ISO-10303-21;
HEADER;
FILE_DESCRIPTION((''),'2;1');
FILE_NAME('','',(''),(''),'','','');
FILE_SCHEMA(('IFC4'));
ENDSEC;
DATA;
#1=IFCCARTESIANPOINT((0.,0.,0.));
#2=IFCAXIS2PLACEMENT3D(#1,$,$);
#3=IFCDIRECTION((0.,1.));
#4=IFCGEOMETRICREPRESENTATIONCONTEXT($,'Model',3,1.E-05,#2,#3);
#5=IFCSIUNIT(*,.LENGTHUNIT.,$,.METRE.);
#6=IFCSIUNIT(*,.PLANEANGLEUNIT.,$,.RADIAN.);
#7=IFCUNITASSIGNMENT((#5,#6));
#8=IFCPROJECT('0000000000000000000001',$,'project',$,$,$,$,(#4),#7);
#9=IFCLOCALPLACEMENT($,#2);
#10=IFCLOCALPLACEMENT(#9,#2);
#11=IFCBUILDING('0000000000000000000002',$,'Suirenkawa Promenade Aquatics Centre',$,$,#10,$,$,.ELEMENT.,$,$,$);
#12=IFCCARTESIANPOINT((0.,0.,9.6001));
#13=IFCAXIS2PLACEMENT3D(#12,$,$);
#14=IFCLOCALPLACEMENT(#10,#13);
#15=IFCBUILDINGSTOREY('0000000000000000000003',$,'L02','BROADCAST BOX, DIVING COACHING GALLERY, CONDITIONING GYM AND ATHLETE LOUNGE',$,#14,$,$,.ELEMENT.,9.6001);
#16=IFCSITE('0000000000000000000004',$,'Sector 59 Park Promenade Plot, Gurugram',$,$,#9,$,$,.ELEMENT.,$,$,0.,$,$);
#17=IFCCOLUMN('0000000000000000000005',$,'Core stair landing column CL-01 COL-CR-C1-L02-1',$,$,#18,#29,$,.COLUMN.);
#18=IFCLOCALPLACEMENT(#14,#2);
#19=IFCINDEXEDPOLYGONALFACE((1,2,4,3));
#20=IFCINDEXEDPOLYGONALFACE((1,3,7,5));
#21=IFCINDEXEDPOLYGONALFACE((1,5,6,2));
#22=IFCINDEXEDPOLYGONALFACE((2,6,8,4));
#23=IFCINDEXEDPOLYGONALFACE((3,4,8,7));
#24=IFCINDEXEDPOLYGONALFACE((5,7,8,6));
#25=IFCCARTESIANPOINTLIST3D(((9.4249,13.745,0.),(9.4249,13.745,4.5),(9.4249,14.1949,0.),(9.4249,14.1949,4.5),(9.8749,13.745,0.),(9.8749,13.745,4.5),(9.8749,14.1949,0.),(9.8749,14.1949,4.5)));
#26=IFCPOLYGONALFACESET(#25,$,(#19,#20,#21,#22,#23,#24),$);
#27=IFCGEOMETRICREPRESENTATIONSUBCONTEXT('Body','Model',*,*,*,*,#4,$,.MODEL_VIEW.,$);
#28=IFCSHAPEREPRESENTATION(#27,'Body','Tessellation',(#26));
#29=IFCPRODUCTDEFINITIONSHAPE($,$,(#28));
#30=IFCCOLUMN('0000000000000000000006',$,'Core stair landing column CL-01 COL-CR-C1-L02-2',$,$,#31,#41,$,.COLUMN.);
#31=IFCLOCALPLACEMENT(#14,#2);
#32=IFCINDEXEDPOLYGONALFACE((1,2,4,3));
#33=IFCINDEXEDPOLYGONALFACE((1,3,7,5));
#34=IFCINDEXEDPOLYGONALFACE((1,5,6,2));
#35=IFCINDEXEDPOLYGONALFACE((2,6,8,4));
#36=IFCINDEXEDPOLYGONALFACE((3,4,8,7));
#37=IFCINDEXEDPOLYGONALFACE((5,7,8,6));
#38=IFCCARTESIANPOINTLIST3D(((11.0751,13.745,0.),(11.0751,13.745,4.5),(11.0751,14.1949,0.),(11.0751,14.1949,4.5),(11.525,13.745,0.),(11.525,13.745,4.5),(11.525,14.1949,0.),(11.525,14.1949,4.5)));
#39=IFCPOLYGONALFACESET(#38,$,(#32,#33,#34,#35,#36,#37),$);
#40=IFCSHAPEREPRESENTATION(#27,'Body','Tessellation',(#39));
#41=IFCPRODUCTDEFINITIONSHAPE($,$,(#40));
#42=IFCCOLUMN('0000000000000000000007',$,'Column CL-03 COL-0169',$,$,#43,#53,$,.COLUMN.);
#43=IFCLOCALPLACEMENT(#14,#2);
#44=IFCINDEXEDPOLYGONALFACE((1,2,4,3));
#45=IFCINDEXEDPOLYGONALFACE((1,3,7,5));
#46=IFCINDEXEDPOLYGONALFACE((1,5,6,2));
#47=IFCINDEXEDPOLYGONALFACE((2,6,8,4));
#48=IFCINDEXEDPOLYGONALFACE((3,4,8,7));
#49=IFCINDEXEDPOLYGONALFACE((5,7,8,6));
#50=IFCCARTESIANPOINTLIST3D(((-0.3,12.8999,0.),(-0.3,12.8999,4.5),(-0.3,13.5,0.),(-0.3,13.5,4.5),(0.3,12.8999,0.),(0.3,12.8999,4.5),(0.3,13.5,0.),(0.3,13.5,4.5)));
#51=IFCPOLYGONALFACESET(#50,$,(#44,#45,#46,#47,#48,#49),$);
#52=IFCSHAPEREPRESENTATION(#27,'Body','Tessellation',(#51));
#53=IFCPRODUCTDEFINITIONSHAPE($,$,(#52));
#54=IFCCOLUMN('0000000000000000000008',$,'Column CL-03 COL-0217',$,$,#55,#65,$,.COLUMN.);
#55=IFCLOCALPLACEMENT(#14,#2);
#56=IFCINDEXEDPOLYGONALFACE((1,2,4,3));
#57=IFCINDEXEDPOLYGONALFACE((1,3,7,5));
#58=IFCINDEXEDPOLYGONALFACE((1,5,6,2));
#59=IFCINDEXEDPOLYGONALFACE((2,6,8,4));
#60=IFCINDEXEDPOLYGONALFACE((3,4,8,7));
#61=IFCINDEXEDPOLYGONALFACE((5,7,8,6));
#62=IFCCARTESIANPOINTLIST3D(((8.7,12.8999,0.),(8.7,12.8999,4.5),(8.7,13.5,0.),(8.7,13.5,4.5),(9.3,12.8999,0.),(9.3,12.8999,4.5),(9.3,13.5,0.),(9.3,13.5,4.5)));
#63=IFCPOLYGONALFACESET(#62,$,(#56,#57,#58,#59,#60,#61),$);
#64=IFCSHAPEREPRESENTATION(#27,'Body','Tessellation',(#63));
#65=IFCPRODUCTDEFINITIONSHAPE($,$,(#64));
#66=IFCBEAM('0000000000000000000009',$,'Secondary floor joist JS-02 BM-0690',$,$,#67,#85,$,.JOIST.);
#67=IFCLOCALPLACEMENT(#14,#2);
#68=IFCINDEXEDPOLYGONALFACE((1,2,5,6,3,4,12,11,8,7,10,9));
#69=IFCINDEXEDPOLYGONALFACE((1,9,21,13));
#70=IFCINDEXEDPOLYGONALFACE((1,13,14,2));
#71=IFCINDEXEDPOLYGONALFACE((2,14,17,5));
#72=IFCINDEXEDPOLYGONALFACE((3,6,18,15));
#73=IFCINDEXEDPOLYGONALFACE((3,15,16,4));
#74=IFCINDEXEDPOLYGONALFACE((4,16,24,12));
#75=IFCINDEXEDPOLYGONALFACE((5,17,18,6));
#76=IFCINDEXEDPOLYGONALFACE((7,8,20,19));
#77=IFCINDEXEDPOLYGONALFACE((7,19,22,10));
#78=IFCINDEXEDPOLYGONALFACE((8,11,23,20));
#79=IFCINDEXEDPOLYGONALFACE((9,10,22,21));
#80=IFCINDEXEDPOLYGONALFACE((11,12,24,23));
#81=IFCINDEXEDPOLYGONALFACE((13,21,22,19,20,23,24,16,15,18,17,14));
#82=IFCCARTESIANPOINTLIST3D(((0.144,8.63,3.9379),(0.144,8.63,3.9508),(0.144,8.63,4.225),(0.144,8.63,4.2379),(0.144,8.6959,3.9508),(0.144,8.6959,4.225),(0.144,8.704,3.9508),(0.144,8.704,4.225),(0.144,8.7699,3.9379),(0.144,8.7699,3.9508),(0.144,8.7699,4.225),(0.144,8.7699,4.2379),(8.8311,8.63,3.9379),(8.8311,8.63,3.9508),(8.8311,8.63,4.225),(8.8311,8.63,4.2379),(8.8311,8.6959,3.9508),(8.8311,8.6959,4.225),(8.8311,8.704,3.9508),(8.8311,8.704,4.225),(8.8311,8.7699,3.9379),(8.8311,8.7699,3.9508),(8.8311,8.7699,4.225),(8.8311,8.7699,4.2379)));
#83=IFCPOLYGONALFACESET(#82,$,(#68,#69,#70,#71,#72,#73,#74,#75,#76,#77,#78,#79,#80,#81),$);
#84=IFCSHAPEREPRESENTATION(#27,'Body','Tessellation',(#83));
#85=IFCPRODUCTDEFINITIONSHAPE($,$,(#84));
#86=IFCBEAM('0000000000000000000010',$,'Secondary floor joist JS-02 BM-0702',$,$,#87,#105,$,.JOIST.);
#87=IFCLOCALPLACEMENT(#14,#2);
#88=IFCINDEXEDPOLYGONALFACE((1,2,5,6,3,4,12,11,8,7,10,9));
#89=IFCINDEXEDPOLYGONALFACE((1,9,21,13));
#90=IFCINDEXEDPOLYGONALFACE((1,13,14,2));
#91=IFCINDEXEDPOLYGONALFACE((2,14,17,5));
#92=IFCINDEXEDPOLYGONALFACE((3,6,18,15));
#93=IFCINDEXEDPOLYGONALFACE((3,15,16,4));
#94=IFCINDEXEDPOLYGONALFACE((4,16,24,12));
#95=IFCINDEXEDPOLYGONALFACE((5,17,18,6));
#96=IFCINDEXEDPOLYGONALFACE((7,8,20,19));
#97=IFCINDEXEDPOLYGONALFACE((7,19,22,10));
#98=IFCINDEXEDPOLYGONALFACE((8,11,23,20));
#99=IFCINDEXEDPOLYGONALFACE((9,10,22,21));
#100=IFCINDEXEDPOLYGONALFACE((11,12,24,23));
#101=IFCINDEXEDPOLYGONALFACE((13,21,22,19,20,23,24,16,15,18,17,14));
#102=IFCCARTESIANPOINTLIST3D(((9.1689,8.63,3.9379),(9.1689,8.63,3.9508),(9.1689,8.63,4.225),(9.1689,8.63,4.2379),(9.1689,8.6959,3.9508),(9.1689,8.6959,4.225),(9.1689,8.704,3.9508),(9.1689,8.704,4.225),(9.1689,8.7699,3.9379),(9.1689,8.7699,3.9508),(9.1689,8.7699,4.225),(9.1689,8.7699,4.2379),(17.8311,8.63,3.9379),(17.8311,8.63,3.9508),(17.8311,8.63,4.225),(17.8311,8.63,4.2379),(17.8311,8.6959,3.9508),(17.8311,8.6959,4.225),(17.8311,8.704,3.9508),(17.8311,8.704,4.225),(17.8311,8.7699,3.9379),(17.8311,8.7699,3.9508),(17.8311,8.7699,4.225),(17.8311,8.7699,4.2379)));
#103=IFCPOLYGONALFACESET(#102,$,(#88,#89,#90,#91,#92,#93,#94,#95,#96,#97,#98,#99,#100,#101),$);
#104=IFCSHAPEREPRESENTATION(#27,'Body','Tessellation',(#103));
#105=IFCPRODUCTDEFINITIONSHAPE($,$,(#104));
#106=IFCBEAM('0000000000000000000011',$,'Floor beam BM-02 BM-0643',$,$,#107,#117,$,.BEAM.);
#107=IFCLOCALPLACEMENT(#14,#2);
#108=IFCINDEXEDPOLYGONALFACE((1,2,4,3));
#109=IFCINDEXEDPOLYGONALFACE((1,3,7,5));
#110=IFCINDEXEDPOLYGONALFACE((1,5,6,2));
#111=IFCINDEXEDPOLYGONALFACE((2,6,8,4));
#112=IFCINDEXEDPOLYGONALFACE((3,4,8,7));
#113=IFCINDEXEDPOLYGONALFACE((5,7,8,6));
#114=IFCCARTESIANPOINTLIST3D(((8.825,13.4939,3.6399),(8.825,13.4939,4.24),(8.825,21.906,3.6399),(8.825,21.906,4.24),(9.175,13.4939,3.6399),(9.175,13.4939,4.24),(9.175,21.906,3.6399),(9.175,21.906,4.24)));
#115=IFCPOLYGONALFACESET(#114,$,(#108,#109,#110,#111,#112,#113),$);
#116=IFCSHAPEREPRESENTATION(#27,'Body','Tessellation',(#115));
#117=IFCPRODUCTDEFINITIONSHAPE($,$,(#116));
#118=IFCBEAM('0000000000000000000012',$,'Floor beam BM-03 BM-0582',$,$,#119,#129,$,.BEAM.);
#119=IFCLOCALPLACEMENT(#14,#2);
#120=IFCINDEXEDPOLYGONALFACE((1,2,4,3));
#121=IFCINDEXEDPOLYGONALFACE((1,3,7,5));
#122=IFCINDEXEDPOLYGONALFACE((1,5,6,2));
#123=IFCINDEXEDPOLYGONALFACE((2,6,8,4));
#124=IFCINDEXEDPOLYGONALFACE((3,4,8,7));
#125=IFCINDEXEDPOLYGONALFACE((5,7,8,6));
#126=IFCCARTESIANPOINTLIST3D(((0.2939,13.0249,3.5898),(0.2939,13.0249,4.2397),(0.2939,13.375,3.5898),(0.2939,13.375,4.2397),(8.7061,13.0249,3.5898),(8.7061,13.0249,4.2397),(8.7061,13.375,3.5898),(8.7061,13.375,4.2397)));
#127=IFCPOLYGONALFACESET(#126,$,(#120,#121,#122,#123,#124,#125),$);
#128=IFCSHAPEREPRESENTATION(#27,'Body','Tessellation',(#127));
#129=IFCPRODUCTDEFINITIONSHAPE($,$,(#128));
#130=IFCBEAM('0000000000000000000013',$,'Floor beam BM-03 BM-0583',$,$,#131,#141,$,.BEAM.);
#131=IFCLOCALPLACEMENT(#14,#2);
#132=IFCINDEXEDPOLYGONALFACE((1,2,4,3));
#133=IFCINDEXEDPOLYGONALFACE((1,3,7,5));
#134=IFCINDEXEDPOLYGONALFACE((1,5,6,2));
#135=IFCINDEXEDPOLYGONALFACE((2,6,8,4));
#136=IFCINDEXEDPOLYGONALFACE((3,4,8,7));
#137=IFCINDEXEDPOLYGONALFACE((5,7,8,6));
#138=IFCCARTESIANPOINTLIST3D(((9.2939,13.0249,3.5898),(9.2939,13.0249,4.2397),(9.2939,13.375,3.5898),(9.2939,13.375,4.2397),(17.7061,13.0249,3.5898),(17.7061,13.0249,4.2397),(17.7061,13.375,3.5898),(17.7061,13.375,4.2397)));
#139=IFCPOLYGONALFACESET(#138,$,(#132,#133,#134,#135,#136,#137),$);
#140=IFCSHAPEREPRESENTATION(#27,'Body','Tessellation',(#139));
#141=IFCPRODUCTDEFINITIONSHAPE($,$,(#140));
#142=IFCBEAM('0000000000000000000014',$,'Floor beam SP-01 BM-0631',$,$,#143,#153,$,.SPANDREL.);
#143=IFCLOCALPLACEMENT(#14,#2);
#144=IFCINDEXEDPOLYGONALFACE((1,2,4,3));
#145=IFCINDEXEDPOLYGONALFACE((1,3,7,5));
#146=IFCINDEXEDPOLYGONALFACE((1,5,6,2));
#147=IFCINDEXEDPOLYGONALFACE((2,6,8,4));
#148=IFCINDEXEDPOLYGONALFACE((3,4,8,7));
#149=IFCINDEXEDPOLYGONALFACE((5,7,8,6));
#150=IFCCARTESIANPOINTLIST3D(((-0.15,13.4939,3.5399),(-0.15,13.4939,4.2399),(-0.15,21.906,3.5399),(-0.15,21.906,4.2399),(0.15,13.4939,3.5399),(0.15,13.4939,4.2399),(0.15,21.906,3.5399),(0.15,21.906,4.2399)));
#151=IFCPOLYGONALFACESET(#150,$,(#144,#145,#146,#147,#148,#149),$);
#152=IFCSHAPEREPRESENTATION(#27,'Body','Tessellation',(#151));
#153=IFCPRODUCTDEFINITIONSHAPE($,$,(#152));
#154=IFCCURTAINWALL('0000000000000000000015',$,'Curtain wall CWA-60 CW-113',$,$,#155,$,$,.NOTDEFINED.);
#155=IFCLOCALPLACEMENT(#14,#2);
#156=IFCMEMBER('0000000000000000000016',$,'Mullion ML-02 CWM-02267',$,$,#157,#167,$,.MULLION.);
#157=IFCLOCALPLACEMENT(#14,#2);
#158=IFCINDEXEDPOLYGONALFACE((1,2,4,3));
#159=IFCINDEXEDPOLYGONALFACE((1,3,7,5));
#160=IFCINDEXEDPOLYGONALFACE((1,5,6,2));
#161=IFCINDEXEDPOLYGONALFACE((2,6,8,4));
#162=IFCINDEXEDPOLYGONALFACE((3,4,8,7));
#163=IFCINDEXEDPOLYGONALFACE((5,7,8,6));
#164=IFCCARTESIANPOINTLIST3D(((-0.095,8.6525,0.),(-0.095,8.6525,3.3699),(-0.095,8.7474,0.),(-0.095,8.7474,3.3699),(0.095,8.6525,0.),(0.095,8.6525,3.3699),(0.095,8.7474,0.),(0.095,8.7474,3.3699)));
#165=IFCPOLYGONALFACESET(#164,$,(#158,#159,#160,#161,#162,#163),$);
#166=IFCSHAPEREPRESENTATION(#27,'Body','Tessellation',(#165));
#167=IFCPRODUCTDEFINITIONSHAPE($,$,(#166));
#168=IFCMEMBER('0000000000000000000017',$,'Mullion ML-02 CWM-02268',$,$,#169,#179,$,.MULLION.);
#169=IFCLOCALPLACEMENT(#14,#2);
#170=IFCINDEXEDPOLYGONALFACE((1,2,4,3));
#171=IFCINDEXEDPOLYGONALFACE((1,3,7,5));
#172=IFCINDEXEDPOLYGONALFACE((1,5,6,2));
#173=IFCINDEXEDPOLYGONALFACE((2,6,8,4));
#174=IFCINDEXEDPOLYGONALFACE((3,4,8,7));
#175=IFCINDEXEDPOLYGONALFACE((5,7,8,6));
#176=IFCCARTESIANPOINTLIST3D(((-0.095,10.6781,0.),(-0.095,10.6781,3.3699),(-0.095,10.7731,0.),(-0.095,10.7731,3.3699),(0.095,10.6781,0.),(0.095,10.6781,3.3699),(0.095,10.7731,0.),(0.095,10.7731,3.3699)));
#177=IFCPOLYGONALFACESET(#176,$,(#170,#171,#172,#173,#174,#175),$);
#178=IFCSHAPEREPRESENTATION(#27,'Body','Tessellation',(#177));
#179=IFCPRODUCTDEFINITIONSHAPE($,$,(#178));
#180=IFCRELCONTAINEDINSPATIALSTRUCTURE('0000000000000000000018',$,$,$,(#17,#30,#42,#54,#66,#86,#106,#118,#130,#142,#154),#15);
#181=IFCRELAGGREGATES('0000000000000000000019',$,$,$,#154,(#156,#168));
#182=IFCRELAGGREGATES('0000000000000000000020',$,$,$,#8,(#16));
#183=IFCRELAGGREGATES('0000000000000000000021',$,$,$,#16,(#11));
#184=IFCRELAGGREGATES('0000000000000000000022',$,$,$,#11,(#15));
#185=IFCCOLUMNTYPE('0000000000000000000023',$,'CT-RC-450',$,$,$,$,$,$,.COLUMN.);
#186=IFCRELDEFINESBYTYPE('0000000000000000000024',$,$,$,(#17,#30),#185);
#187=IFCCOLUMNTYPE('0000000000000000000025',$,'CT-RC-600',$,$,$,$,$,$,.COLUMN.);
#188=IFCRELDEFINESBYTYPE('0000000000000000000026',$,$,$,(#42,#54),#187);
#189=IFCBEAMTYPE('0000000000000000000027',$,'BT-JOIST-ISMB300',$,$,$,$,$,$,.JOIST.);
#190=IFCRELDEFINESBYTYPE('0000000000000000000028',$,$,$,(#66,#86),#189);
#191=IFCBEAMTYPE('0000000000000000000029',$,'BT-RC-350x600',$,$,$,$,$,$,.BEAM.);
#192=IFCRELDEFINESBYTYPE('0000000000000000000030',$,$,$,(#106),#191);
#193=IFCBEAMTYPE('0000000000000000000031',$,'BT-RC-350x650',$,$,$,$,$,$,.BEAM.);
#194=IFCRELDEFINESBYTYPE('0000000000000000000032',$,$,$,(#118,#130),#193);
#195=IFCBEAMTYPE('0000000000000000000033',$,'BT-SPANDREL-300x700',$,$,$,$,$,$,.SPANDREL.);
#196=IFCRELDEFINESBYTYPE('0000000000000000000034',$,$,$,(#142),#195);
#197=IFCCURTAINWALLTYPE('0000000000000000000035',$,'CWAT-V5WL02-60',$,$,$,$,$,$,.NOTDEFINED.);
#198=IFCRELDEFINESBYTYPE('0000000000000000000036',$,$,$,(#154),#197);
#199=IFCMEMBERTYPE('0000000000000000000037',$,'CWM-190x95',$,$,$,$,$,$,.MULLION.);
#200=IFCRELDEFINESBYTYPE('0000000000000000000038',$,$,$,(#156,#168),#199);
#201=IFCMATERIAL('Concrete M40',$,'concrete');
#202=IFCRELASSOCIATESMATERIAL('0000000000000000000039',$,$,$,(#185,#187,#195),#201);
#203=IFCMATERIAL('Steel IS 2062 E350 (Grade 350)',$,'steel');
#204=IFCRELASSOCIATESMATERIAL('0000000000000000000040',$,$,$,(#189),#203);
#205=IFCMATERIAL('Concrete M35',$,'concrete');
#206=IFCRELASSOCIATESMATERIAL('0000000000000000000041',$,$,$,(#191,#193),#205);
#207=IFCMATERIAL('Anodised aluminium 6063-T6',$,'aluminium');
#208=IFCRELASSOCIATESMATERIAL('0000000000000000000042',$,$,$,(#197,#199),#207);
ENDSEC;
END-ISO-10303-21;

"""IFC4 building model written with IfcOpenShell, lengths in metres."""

from ifc_helpers import new_model, si_unit, direction, frame, origin, origin_2d, place, context, subcontext, project, spatial, rectangle, i_section, extrude, material, material_profile, profile_set, type_object, element, aggregate, save


model = new_model("IFC4")

# Units and contexts
model_context = context("Model", 3, precision=1e-05, world=origin(), true_north=direction((0.0, 1.0)))
body_context = subcontext(model_context, "Body", "Model", "MODEL_VIEW")
ifc_project = project(units=[si_unit("LENGTHUNIT", "METRE"), si_unit("PLANEANGLEUNIT", "RADIAN")], contexts=[model_context])

# Site, building, storey
site_placement = place(None, origin())
site = spatial("IfcSite", under=ifc_project, at=site_placement, Name="Sector 59 Park Promenade Plot, Gurugram", CompositionType="ELEMENT", RefElevation=0.0)
building_placement = place(site_placement, origin())
building = spatial("IfcBuilding", under=site, at=building_placement, Name="Suirenkawa Promenade Aquatics Centre", CompositionType="ELEMENT")
storey_placement = place(building_placement, frame((0.0, 0.0, 9.6001)))
storey = spatial("IfcBuildingStorey", under=building, at=storey_placement, Name="L02", Description="BROADCAST BOX, DIVING COACHING GALLERY, CONDITIONING GYM AND ATHLETE LOUNGE", CompositionType="ELEMENT", Elevation=9.6001)

# Columns
ifc_material_1 = material(Name="Concrete M40", Category="concrete")
ifc_material_profile_1 = material_profile(ifc_material_1, rectangle(XDim=0.45, YDim=0.45, at=origin_2d()), Name="RC COL 450x450", Category="concrete")
ifc_profile_set_1 = profile_set([ifc_material_profile_1], Name="Concrete M40")
column_type_1 = type_object("IfcColumnType", Name="CT-RC-450", PredefinedType="COLUMN", material=ifc_profile_set_1)
for number, where, z_axis, x_axis, name in (
    (1, (9.6499, 13.97, 0.0), (0.0, 0.0, 1.0), (1.0, 0.0, 0.0), "Core stair landing column CL-01 COL-CR-C1-L02-1"),
    (2, (11.3, 13.97, 0.0), (0.0, 0.0, 1.0), (1.0, 0.0, 0.0), "Core stair landing column CL-01 COL-CR-C1-L02-2"),
):
    element("IfcColumn", number, at=place(storey_placement, frame(where, z_axis=z_axis, x_axis=x_axis)), inside=storey, type_object=column_type_1, Name=name, PredefinedType="COLUMN", context=body_context, shape_type="SweptSolid", body=[
        extrude(rectangle(XDim=0.45, YDim=0.45, at=origin_2d()), origin(), (0.0, 0.0, 1.0), 4.5),
    ])
ifc_material_profile_2 = material_profile(ifc_material_1, rectangle(XDim=0.6001, YDim=0.6001, at=origin_2d()), Name="RC COL 600x600", Category="concrete")
ifc_profile_set_2 = profile_set([ifc_material_profile_2], Name="Concrete M40")
column_type_2 = type_object("IfcColumnType", Name="CT-RC-600", PredefinedType="COLUMN", material=ifc_profile_set_2)
for number, where, z_axis, x_axis, name in (
    (3, (0.0, 13.2, 0.0), (0.0, 0.0, 1.0), (1.0, 0.0, 0.0), "Column CL-03 COL-0169"),
    (4, (9.0, 13.2, 0.0), (0.0, 0.0, 1.0), (1.0, 0.0, 0.0), "Column CL-03 COL-0217"),
):
    element("IfcColumn", number, at=place(storey_placement, frame(where, z_axis=z_axis, x_axis=x_axis)), inside=storey, type_object=column_type_2, Name=name, PredefinedType="COLUMN", context=body_context, shape_type="SweptSolid", body=[
        extrude(rectangle(XDim=0.6001, YDim=0.6001, at=origin_2d()), origin(), (0.0, 0.0, 1.0), 4.5),
    ])

# Beams
ifc_material_2 = material(Name="Steel IS 2062 E350 (Grade 350)", Category="steel")
ifc_material_profile_3 = material_profile(ifc_material_2, i_section(OverallWidth=0.1399, OverallDepth=0.3, WebThickness=0.0081, FlangeThickness=0.0129, at=origin_2d()), Name="ISMB 300", Category="steel")
ifc_profile_set_3 = profile_set([ifc_material_profile_3], Name="Steel IS 2062 E350 (Grade 350)")
beam_type_1 = type_object("IfcBeamType", Name="BT-JOIST-ISMB300", PredefinedType="JOIST", material=ifc_profile_set_3)
beam_1_placement = place(storey_placement, frame((0.144, 8.7, 4.0879), z_axis=(1.0, 0.0, 0.0), x_axis=(0.0, 1.0, 0.0)))
element("IfcBeam", 5, at=beam_1_placement, inside=storey, type_object=beam_type_1, Name="Secondary floor joist JS-02 BM-0690", PredefinedType="JOIST", context=body_context, shape_type="SweptSolid", body=[
    extrude(i_section(OverallWidth=0.1399, OverallDepth=0.3, WebThickness=0.0081, FlangeThickness=0.0129, at=origin_2d()), origin(), (0.0, 0.0, 1.0), 8.687),
])
beam_2_placement = place(storey_placement, frame((9.1689, 8.7, 4.0879), z_axis=(1.0, 0.0, 0.0), x_axis=(0.0, 1.0, 0.0)))
element("IfcBeam", 6, at=beam_2_placement, inside=storey, type_object=beam_type_1, Name="Secondary floor joist JS-02 BM-0702", PredefinedType="JOIST", context=body_context, shape_type="SweptSolid", body=[
    extrude(i_section(OverallWidth=0.1399, OverallDepth=0.3, WebThickness=0.0081, FlangeThickness=0.0129, at=origin_2d()), origin(), (0.0, 0.0, 1.0), 8.6621),
])
ifc_material_3 = material(Name="Concrete M35", Category="concrete")
ifc_material_profile_4 = material_profile(ifc_material_3, rectangle(XDim=0.3501, YDim=0.6001, at=origin_2d()), Name="RC BM 350x600", Category="concrete")
ifc_profile_set_4 = profile_set([ifc_material_profile_4], Name="Concrete M35")
beam_type_2 = type_object("IfcBeamType", Name="BT-RC-350x600", PredefinedType="BEAM", material=ifc_profile_set_4)
beam_3_placement = place(storey_placement, frame((9.0, 13.4939, 3.9399), z_axis=(0.0, 1.0, 0.0), x_axis=(-1.0, 0.0, 0.0)))
element("IfcBeam", 7, at=beam_3_placement, inside=storey, type_object=beam_type_2, Name="Floor beam BM-02 BM-0643", PredefinedType="BEAM", context=body_context, shape_type="SweptSolid", body=[
    extrude(rectangle(XDim=0.3501, YDim=0.6001, at=origin_2d()), origin(), (0.0, 0.0, 1.0), 8.4121),
])
ifc_material_profile_5 = material_profile(ifc_material_3, rectangle(XDim=0.3501, YDim=0.6499, at=origin_2d()), Name="RC BM 350x650", Category="concrete")
ifc_profile_set_5 = profile_set([ifc_material_profile_5], Name="Concrete M35")
beam_type_3 = type_object("IfcBeamType", Name="BT-RC-350x650", PredefinedType="BEAM", material=ifc_profile_set_5)
for number, where, z_axis, x_axis, name in (
    (8, (0.2939, 13.2, 3.9148), (1.0, 0.0, 0.0), (0.0, 1.0, 0.0), "Floor beam BM-03 BM-0582"),
    (9, (9.2939, 13.2, 3.9148), (1.0, 0.0, 0.0), (0.0, 1.0, 0.0), "Floor beam BM-03 BM-0583"),
):
    element("IfcBeam", number, at=place(storey_placement, frame(where, z_axis=z_axis, x_axis=x_axis)), inside=storey, type_object=beam_type_3, Name=name, PredefinedType="BEAM", context=body_context, shape_type="SweptSolid", body=[
        extrude(rectangle(XDim=0.3501, YDim=0.6499, at=origin_2d()), origin(), (0.0, 0.0, 1.0), 8.4121),
    ])
ifc_material_profile_6 = material_profile(ifc_material_1, rectangle(XDim=0.3, YDim=0.7, at=origin_2d()), Name="RC SPANDREL 300x700", Category="concrete")
ifc_profile_set_6 = profile_set([ifc_material_profile_6], Name="Concrete M40")
beam_type_4 = type_object("IfcBeamType", Name="BT-SPANDREL-300x700", PredefinedType="SPANDREL", material=ifc_profile_set_6)
beam_4_placement = place(storey_placement, frame((0.0, 13.4939, 3.8899), z_axis=(0.0, 1.0, 0.0), x_axis=(-1.0, 0.0, 0.0)))
element("IfcBeam", 10, at=beam_4_placement, inside=storey, type_object=beam_type_4, Name="Floor beam SP-01 BM-0631", PredefinedType="SPANDREL", context=body_context, shape_type="SweptSolid", body=[
    extrude(rectangle(XDim=0.3, YDim=0.7, at=origin_2d()), origin(), (0.0, 0.0, 1.0), 8.4121),
])

# Curtain wall, members
ifc_material_4 = material(Name="Anodised aluminium 6063-T6", Category="aluminium")
curtain_wall_type = type_object("IfcCurtainWallType", Name="CWAT-V5WL02-60", PredefinedType="NOTDEFINED", material=ifc_material_4)
curtain_wall_1_placement = place(storey_placement, origin())
curtain_wall_1 = element("IfcCurtainWall", 11, at=curtain_wall_1_placement, inside=storey, type_object=curtain_wall_type, Name="Curtain wall CWA-60 CW-113", PredefinedType="NOTDEFINED")
ifc_material_profile_7 = material_profile(ifc_material_4, rectangle(XDim=0.095, YDim=0.1899, at=origin_2d()), Name="ALU MULL 95x190", Category="aluminium")
ifc_profile_set_7 = profile_set([ifc_material_profile_7], Name="Anodised aluminium 6063-T6")
member_type_1 = type_object("IfcMemberType", Name="CWM-190x95", PredefinedType="MULLION", material=ifc_profile_set_7)
member_1_placement = place(storey_placement, frame((0.0, 8.7, 0.0), z_axis=(0.0, 0.0, 1.0), x_axis=(0.0, 1.0, 0.0)))
member_1 = element("IfcMember", 12, at=member_1_placement, type_object=member_type_1, Name="Mullion ML-02 CWM-02267", PredefinedType="MULLION", context=body_context, shape_type="SweptSolid", body=[
    extrude(rectangle(XDim=0.095, YDim=0.1899, at=origin_2d()), origin(), (0.0, 0.0, 1.0), 3.3699),
])
member_2_placement = place(storey_placement, frame((0.0, 10.7256, 0.0), z_axis=(0.0, 0.0, 1.0), x_axis=(0.0, 1.0, 0.0)))
member_2 = element("IfcMember", 13, at=member_2_placement, type_object=member_type_1, Name="Mullion ML-02 CWM-02268", PredefinedType="MULLION", context=body_context, shape_type="SweptSolid", body=[
    extrude(rectangle(XDim=0.095, YDim=0.1899, at=origin_2d()), origin(), (0.0, 0.0, 1.0), 3.3699),
])

aggregate(curtain_wall_1, [member_1, member_2])

save(model, "model.ifc")
